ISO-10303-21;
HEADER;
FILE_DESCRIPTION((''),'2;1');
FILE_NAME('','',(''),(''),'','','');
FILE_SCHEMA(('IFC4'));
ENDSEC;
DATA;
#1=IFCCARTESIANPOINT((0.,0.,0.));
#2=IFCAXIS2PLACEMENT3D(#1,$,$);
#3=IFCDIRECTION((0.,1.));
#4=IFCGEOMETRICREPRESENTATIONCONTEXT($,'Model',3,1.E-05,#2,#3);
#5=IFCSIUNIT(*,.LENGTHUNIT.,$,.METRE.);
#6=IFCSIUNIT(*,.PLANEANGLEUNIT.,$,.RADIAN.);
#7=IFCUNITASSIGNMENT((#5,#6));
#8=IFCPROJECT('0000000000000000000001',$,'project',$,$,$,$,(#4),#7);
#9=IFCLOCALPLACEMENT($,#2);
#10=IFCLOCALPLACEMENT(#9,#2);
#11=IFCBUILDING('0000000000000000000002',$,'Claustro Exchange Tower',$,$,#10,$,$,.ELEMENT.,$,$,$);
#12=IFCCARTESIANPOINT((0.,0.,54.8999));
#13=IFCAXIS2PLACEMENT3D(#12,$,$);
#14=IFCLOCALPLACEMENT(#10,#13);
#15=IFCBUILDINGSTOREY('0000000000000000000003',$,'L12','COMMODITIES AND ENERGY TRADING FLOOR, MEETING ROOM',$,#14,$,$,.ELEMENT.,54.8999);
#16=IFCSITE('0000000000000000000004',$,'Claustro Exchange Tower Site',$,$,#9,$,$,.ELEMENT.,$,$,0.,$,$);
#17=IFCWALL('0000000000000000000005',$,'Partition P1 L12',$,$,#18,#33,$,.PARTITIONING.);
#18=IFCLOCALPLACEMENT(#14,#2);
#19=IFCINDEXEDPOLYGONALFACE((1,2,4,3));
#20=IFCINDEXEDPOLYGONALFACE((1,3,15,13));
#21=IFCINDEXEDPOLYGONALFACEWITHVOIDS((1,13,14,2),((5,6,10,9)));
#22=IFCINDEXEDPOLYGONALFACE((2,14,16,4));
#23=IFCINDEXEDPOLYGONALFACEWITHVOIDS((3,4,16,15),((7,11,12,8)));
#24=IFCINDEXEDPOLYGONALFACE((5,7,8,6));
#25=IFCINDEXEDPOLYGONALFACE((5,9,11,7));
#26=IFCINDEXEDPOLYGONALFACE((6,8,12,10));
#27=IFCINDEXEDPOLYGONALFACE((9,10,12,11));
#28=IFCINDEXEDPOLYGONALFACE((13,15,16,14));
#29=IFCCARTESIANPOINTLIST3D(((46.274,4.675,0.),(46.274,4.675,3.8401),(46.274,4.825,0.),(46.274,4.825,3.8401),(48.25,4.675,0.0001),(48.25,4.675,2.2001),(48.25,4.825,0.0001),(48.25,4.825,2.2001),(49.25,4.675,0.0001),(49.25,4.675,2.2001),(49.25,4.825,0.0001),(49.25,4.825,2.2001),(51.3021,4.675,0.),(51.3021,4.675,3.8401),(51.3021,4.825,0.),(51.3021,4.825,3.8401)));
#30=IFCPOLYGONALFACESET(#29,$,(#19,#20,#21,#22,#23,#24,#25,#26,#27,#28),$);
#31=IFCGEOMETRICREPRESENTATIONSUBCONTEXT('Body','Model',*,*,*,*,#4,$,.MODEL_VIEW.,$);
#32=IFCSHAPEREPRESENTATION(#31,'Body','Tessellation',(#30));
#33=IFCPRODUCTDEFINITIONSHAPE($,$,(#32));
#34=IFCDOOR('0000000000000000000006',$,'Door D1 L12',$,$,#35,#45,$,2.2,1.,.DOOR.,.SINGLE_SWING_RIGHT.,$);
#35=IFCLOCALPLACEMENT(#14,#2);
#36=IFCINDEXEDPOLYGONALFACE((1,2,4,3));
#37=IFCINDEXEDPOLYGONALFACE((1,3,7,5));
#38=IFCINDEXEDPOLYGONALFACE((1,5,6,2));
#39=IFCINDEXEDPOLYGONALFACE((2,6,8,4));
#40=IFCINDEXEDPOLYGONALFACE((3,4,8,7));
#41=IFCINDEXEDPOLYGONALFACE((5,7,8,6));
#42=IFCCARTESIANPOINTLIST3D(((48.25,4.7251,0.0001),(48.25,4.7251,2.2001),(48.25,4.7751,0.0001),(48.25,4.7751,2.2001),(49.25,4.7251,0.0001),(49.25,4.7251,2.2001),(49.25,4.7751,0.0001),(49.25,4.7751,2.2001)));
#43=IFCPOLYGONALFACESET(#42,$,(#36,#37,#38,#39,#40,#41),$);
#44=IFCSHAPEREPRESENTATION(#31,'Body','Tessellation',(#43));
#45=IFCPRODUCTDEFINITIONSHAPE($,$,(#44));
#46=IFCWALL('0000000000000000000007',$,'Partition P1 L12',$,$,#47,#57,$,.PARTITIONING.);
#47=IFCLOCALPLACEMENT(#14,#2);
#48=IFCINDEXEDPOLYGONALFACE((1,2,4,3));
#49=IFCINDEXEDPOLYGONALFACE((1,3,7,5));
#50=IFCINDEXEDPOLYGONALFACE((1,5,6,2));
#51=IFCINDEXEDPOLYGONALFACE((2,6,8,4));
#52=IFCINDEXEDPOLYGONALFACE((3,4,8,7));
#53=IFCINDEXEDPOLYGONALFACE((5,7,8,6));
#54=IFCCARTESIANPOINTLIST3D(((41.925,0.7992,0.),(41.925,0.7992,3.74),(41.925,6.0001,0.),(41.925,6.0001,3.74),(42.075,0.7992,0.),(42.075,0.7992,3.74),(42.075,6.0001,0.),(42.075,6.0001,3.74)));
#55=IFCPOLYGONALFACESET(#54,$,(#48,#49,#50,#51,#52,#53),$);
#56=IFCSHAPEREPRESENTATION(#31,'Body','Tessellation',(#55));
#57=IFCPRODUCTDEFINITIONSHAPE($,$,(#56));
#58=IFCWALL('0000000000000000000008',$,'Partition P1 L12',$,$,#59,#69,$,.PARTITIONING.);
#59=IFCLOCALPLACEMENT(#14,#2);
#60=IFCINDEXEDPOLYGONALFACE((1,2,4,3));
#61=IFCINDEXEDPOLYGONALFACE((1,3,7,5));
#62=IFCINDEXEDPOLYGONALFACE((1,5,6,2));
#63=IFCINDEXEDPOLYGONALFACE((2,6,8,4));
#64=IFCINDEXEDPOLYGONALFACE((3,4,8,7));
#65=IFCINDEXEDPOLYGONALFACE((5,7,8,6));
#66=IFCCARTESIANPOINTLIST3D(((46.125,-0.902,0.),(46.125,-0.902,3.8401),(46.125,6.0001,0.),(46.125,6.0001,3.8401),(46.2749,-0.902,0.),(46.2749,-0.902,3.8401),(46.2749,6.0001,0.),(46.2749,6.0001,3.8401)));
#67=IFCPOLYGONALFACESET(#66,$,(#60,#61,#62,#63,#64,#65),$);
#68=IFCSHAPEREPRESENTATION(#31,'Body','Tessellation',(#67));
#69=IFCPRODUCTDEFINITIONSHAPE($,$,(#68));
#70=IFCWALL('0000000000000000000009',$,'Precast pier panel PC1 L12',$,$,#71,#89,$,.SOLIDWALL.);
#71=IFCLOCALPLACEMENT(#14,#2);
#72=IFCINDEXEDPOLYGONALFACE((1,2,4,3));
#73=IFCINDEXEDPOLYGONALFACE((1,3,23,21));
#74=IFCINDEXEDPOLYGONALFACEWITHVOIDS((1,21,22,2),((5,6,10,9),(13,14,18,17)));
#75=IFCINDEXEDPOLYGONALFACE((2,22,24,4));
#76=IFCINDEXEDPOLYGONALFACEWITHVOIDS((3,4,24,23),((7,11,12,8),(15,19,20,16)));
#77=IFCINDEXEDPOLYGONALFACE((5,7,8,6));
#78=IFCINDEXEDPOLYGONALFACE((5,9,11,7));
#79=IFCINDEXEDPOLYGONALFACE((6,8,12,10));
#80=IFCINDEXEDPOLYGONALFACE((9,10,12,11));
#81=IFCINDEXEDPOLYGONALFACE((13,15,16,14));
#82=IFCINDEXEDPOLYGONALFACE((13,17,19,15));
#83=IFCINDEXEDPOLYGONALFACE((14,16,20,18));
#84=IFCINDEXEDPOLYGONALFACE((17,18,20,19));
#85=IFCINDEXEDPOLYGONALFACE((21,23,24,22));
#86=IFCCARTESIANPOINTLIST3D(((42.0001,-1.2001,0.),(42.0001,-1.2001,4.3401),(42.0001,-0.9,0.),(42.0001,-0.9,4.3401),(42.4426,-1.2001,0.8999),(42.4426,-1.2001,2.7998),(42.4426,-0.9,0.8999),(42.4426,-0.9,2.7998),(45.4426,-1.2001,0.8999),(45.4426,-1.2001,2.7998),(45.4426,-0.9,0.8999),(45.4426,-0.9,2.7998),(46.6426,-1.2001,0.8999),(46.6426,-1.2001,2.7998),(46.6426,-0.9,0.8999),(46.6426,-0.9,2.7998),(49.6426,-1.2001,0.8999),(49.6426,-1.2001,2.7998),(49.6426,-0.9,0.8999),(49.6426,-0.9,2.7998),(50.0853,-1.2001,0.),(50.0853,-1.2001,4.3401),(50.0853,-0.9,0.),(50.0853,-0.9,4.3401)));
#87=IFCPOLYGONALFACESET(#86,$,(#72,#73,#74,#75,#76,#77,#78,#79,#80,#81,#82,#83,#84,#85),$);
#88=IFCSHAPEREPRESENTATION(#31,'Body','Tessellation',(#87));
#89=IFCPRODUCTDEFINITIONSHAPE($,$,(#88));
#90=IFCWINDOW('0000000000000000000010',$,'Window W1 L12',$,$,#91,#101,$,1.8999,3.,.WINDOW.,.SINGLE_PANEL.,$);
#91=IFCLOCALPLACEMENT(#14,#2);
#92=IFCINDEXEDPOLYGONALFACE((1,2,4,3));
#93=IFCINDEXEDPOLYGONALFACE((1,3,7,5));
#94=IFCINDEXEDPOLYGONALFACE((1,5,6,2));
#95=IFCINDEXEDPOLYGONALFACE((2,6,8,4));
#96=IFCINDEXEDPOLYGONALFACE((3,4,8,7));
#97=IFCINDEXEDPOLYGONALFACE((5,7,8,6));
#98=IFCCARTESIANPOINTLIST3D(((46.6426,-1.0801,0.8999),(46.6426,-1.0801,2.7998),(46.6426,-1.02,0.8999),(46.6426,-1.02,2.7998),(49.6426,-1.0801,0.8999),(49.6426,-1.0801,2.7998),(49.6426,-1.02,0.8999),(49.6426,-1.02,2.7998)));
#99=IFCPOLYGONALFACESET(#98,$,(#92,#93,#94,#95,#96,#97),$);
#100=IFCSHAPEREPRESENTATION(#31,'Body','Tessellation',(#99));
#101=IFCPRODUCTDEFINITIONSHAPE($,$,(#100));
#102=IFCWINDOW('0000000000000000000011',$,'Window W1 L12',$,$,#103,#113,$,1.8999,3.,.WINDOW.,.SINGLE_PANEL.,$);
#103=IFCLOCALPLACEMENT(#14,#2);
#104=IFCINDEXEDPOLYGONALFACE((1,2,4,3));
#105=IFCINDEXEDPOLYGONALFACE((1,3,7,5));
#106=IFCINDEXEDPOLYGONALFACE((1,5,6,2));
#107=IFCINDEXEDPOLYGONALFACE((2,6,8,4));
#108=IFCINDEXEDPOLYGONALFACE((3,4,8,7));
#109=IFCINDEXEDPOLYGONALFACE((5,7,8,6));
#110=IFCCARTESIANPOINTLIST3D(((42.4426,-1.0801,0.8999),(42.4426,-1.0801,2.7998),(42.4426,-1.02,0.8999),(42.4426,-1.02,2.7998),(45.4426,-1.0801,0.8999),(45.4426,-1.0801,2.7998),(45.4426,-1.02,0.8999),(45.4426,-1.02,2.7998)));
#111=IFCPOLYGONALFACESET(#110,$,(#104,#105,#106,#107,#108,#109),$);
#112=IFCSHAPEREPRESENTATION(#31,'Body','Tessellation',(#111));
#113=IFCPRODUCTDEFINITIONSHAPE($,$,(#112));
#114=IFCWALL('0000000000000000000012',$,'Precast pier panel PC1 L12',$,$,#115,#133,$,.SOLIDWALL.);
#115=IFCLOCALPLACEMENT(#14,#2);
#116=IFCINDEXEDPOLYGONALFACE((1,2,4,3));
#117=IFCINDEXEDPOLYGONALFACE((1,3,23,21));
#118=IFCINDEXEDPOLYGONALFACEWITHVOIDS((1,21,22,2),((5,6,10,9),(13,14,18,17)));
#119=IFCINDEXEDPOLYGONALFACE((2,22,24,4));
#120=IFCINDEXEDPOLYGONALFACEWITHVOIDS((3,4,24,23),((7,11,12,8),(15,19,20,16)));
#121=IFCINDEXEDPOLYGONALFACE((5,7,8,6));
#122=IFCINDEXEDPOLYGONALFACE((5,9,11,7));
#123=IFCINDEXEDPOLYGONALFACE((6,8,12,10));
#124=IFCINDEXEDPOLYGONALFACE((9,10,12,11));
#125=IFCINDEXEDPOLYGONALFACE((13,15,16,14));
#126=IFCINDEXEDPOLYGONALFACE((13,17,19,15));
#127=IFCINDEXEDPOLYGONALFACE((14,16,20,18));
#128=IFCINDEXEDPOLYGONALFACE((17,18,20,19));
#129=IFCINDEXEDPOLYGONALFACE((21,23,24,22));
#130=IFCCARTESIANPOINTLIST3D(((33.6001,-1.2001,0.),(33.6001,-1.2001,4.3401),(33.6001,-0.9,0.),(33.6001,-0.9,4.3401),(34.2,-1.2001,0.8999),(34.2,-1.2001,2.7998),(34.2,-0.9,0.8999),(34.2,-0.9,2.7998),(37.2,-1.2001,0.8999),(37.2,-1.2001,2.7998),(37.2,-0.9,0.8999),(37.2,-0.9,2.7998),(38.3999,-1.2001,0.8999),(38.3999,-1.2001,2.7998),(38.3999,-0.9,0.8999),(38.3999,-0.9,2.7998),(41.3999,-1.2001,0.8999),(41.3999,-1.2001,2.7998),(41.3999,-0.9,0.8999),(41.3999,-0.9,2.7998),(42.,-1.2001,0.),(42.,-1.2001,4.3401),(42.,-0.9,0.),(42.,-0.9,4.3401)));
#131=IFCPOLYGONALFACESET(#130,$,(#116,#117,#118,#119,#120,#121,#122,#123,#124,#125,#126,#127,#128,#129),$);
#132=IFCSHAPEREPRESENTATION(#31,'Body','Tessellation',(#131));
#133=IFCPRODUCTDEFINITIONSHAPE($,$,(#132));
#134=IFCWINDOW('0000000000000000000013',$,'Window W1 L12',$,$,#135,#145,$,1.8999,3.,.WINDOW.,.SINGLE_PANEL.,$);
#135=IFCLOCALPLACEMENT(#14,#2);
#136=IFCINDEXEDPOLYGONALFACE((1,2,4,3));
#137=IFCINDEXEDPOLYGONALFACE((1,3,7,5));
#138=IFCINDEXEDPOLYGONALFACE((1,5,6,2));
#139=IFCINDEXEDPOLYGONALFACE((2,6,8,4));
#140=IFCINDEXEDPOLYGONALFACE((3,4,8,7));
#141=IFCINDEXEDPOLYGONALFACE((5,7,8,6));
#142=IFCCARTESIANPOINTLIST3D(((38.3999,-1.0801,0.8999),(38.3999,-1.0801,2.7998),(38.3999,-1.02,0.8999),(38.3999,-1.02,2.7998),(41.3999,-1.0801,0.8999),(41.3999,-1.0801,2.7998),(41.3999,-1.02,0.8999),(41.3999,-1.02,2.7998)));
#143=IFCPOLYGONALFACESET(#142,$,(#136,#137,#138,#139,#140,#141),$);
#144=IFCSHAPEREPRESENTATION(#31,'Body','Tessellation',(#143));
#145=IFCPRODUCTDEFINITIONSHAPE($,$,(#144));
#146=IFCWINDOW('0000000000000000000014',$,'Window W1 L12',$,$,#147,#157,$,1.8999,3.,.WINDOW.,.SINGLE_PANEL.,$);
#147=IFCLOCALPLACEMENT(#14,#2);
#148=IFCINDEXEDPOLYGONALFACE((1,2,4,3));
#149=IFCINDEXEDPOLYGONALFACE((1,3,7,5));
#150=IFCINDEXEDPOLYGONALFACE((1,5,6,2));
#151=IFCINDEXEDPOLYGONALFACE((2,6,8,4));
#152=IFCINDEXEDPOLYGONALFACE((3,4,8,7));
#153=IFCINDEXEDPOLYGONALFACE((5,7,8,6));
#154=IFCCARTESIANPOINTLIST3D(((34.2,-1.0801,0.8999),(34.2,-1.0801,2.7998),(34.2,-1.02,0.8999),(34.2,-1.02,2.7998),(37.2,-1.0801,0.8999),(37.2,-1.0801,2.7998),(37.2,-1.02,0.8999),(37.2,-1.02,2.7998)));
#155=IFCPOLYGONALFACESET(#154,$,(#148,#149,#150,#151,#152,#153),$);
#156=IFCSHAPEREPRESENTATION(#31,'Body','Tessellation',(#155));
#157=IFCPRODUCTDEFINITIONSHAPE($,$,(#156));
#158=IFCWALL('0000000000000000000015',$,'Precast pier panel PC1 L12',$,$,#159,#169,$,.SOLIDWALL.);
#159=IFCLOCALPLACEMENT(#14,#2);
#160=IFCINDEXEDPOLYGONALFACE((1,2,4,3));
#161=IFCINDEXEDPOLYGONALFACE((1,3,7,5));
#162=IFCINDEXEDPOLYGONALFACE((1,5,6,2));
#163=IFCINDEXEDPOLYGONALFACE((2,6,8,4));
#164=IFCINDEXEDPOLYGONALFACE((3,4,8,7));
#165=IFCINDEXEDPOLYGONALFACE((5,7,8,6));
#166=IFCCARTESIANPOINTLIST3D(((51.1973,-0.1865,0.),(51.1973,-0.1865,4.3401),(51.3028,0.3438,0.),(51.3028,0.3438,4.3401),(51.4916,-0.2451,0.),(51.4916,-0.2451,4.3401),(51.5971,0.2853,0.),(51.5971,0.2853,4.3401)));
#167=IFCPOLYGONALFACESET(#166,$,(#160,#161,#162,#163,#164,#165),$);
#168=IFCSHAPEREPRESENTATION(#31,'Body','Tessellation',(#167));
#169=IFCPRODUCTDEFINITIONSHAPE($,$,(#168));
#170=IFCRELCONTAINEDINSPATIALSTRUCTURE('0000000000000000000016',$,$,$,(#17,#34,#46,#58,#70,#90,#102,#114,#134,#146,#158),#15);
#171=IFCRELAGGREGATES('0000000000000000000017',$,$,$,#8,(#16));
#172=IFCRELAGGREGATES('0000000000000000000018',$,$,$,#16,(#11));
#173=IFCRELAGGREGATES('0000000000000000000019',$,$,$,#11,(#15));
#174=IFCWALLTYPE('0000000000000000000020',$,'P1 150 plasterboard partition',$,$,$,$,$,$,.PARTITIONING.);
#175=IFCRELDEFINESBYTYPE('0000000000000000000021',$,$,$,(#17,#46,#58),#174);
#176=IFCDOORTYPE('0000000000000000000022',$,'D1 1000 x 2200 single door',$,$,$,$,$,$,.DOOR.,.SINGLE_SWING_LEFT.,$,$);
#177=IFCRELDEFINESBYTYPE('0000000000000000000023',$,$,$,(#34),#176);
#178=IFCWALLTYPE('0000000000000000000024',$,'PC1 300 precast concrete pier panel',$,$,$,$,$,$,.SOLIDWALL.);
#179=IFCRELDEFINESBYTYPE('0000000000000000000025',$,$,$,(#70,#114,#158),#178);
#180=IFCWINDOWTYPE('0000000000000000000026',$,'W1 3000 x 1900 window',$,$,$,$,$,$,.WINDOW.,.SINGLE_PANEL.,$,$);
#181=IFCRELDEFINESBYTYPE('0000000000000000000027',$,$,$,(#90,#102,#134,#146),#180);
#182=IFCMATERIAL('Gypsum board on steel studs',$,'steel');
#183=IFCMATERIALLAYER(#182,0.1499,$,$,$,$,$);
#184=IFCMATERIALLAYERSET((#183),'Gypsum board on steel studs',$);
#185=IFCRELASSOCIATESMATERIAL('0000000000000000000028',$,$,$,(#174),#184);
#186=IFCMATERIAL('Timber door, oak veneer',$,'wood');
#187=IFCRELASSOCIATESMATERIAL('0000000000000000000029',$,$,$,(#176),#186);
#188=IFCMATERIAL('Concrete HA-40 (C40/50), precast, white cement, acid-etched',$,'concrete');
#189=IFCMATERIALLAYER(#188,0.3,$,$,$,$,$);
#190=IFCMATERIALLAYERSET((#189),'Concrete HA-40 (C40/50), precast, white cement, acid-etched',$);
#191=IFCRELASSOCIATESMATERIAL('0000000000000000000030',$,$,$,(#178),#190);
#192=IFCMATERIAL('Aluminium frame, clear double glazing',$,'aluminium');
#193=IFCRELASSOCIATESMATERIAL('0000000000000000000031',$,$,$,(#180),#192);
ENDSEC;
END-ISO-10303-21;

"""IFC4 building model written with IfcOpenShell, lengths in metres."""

from ifc_helpers import new_model, si_unit, direction, frame, frame_2d, origin, place, context, subcontext, project, spatial, rectangle, extrude, material, layer, layer_set, type_object, element, fill, save


model = new_model("IFC4")

# Units and contexts
model_context = context("Model", 3, precision=1e-05, world=origin(), true_north=direction((0.0, 1.0)))
body_context = subcontext(model_context, "Body", "Model", "MODEL_VIEW")
ifc_project = project(units=[si_unit("LENGTHUNIT", "METRE"), si_unit("PLANEANGLEUNIT", "RADIAN")], contexts=[model_context])

# Site, building, storey
site_placement = place(None, origin())
site = spatial("IfcSite", under=ifc_project, at=site_placement, Name="Claustro Exchange Tower Site", CompositionType="ELEMENT", RefElevation=0.0)
building_placement = place(site_placement, origin())
building = spatial("IfcBuilding", under=site, at=building_placement, Name="Claustro Exchange Tower", CompositionType="ELEMENT")
storey_placement = place(building_placement, frame((0.0, 0.0, 54.8999)))
storey = spatial("IfcBuildingStorey", under=building, at=storey_placement, Name="L12", Description="COMMODITIES AND ENERGY TRADING FLOOR, MEETING ROOM", CompositionType="ELEMENT", Elevation=54.8999)

# Wall, opening, door
ifc_material_1 = material(Name="Gypsum board on steel studs", Category="steel")
ifc_layer_1 = layer(ifc_material_1, 0.1499)
ifc_layer_set_1 = layer_set([ifc_layer_1], Name="Gypsum board on steel studs")
wall_type_1 = type_object("IfcWallType", Name="P1 150 plasterboard partition", PredefinedType="PARTITIONING", material=ifc_layer_set_1)
ifc_material_2 = material(Name="Timber door, oak veneer", Category="wood")
door_type = type_object("IfcDoorType", Name="D1 1000 x 2200 single door", OperationType="SINGLE_SWING_LEFT", PredefinedType="DOOR", material=ifc_material_2)
wall_1_placement = place(storey_placement, frame((46.2739, 4.75, 0.0), z_axis=(0.0, 0.0, 1.0), x_axis=(1.0, 0.0, 0.0)))
wall_1 = element("IfcWall", 1, at=wall_1_placement, inside=storey, type_object=wall_type_1, Name="Partition P1 L12", PredefinedType="PARTITIONING", context=body_context, shape_type="SweptSolid", body=[
    extrude(rectangle(XDim=5.0281, YDim=0.1499, at=frame_2d((2.5142, 0.0))), origin(), (0.0, 0.0, 1.0), 3.8401),
])
opening_1_placement = place(wall_1_placement, frame((1.9761, 0.0, 0.0)))
opening_1 = element("IfcOpeningElement", 2, at=opening_1_placement, cuts=wall_1, PredefinedType="OPENING", context=body_context, shape_type="SweptSolid", body=[
    extrude(rectangle(XDim=1.0, YDim=2.2, at=frame_2d((0.5, 1.1001))), frame((0.0, 0.085, 0.0), z_axis=(0.0, -1.0, 0.0), x_axis=(1.0, 0.0, 0.0)), (0.0, 0.0, 1.0), 0.1699),
])
door_1_placement = place(opening_1_placement, frame((1.0, 0.0, 0.0), z_axis=(0.0, 0.0, 1.0), x_axis=(-1.0, 0.0, 0.0)))
door_1 = element("IfcDoor", 3, at=door_1_placement, inside=storey, type_object=door_type, Name="Door D1 L12", OperationType="SINGLE_SWING_RIGHT", OverallHeight=2.2, OverallWidth=1.0, PredefinedType="DOOR", context=body_context, shape_type="SweptSolid", body=[
    extrude(rectangle(XDim=1.0, YDim=2.2, at=frame_2d((0.5, 1.1001))), frame((0.0, 0.0249, 0.0), z_axis=(0.0, -1.0, 0.0), x_axis=(1.0, 0.0, 0.0)), (0.0, 0.0, 1.0), 0.05),
])
fill(opening_1, door_1)

# Walls
wall_2_placement = place(storey_placement, frame((42.0, 0.7991, 0.0), z_axis=(0.0, 0.0, 1.0), x_axis=(0.0, 1.0, 0.0)))
element("IfcWall", 4, at=wall_2_placement, inside=storey, type_object=wall_type_1, Name="Partition P1 L12", PredefinedType="PARTITIONING", context=body_context, shape_type="SweptSolid", body=[
    extrude(rectangle(XDim=5.2009, YDim=0.1499, at=frame_2d((2.6006, 0.0))), origin(), (0.0, 0.0, 1.0), 3.74),
])
wall_3_placement = place(storey_placement, frame((46.2, -0.9021, 0.0), z_axis=(0.0, 0.0, 1.0), x_axis=(0.0, 1.0, 0.0)))
element("IfcWall", 5, at=wall_3_placement, inside=storey, type_object=wall_type_1, Name="Partition P1 L12", PredefinedType="PARTITIONING", context=body_context, shape_type="SweptSolid", body=[
    extrude(rectangle(XDim=6.9021, YDim=0.1499, at=frame_2d((3.4512, 0.0))), origin(), (0.0, 0.0, 1.0), 3.8401),
])

# Walls, openings, windows
ifc_material_3 = material(Name="Concrete HA-40 (C40/50), precast, white cement, acid-etched", Category="concrete")
ifc_layer_2 = layer(ifc_material_3, 0.3)
ifc_layer_set_2 = layer_set([ifc_layer_2], Name="Concrete HA-40 (C40/50), precast, white cement, acid-etched")
wall_type_2 = type_object("IfcWallType", Name="PC1 300 precast concrete pier panel", PredefinedType="SOLIDWALL", material=ifc_layer_set_2)
wall_4_placement = place(storey_placement, frame((50.0852, -1.05, 0.0), z_axis=(0.0, 0.0, 1.0), x_axis=(-1.0, 0.0, 0.0)))
wall_4 = element("IfcWall", 6, at=wall_4_placement, inside=storey, type_object=wall_type_2, Name="Precast pier panel PC1 L12", PredefinedType="SOLIDWALL", context=body_context, shape_type="SweptSolid", body=[
    extrude(rectangle(XDim=8.0852, YDim=0.3, at=frame_2d((4.0425, 0.0))), origin(), (0.0, 0.0, 1.0), 4.3401),
])
opening_2_placement = place(wall_4_placement, frame((0.4426, 0.0, 0.8999)))
opening_2 = element("IfcOpeningElement", 7, at=opening_2_placement, cuts=wall_4, PredefinedType="OPENING", context=body_context, shape_type="SweptSolid", body=[
    extrude(rectangle(XDim=3.0, YDim=1.8999, at=frame_2d((1.5, 0.95))), frame((0.0, 0.1599, 0.0), z_axis=(0.0, -1.0, 0.0), x_axis=(1.0, 0.0, 0.0)), (0.0, 0.0, 1.0), 0.3201),
])
opening_3_placement = place(wall_4_placement, frame((4.6426, 0.0, 0.8999)))
opening_3 = element("IfcOpeningElement", 8, at=opening_3_placement, cuts=wall_4, PredefinedType="OPENING", context=body_context, shape_type="SweptSolid", body=[
    extrude(rectangle(XDim=3.0, YDim=1.8999, at=frame_2d((1.5, 0.95))), frame((0.0, 0.1599, 0.0), z_axis=(0.0, -1.0, 0.0), x_axis=(1.0, 0.0, 0.0)), (0.0, 0.0, 1.0), 0.3201),
])
ifc_material_4 = material(Name="Aluminium frame, clear double glazing", Category="aluminium")
window_type = type_object("IfcWindowType", Name="W1 3000 x 1900 window", PartitioningType="SINGLE_PANEL", PredefinedType="WINDOW", material=ifc_material_4)
window_1_placement = place(opening_2_placement, origin())
window_1 = element("IfcWindow", 9, at=window_1_placement, inside=storey, type_object=window_type, Name="Window W1 L12", OverallHeight=1.8999, OverallWidth=3.0, PartitioningType="SINGLE_PANEL", PredefinedType="WINDOW", context=body_context, shape_type="SweptSolid", body=[
    extrude(rectangle(XDim=3.0, YDim=1.8999, at=frame_2d((1.5, 0.95))), frame((0.0, 0.03, 0.0), z_axis=(0.0, -1.0, 0.0), x_axis=(1.0, 0.0, 0.0)), (0.0, 0.0, 1.0), 0.0601),
])
fill(opening_2, window_1)
window_2_placement = place(opening_3_placement, origin())
window_2 = element("IfcWindow", 10, at=window_2_placement, inside=storey, type_object=window_type, Name="Window W1 L12", OverallHeight=1.8999, OverallWidth=3.0, PartitioningType="SINGLE_PANEL", PredefinedType="WINDOW", context=body_context, shape_type="SweptSolid", body=[
    extrude(rectangle(XDim=3.0, YDim=1.8999, at=frame_2d((1.5, 0.95))), frame((0.0, 0.03, 0.0), z_axis=(0.0, -1.0, 0.0), x_axis=(1.0, 0.0, 0.0)), (0.0, 0.0, 1.0), 0.0601),
])
fill(opening_3, window_2)
wall_5_placement = place(storey_placement, frame((42.0, -1.05, 0.0), z_axis=(0.0, 0.0, 1.0), x_axis=(-1.0, 0.0, 0.0)))
wall_5 = element("IfcWall", 11, at=wall_5_placement, inside=storey, type_object=wall_type_2, Name="Precast pier panel PC1 L12", PredefinedType="SOLIDWALL", context=body_context, shape_type="SweptSolid", body=[
    extrude(rectangle(XDim=8.3999, YDim=0.3, at=frame_2d((4.2, 0.0))), origin(), (0.0, 0.0, 1.0), 4.3401),
])
opening_4_placement = place(wall_5_placement, frame((0.6001, 0.0, 0.8999)))
opening_4 = element("IfcOpeningElement", 12, at=opening_4_placement, cuts=wall_5, PredefinedType="OPENING", context=body_context, shape_type="SweptSolid", body=[
    extrude(rectangle(XDim=3.0, YDim=1.8999, at=frame_2d((1.5, 0.95))), frame((0.0, 0.1599, 0.0), z_axis=(0.0, -1.0, 0.0), x_axis=(1.0, 0.0, 0.0)), (0.0, 0.0, 1.0), 0.3201),
])
opening_5_placement = place(wall_5_placement, frame((4.8, 0.0, 0.8999)))
opening_5 = element("IfcOpeningElement", 13, at=opening_5_placement, cuts=wall_5, PredefinedType="OPENING", context=body_context, shape_type="SweptSolid", body=[
    extrude(rectangle(XDim=3.0, YDim=1.8999, at=frame_2d((1.5, 0.95))), frame((0.0, 0.1599, 0.0), z_axis=(0.0, -1.0, 0.0), x_axis=(1.0, 0.0, 0.0)), (0.0, 0.0, 1.0), 0.3201),
])
window_3_placement = place(opening_4_placement, origin())
window_3 = element("IfcWindow", 14, at=window_3_placement, inside=storey, type_object=window_type, Name="Window W1 L12", OverallHeight=1.8999, OverallWidth=3.0, PartitioningType="SINGLE_PANEL", PredefinedType="WINDOW", context=body_context, shape_type="SweptSolid", body=[
    extrude(rectangle(XDim=3.0, YDim=1.8999, at=frame_2d((1.5, 0.95))), frame((0.0, 0.03, 0.0), z_axis=(0.0, -1.0, 0.0), x_axis=(1.0, 0.0, 0.0)), (0.0, 0.0, 1.0), 0.0601),
])
fill(opening_4, window_3)
window_4_placement = place(opening_5_placement, origin())
window_4 = element("IfcWindow", 15, at=window_4_placement, inside=storey, type_object=window_type, Name="Window W1 L12", OverallHeight=1.8999, OverallWidth=3.0, PartitioningType="SINGLE_PANEL", PredefinedType="WINDOW", context=body_context, shape_type="SweptSolid", body=[
    extrude(rectangle(XDim=3.0, YDim=1.8999, at=frame_2d((1.5, 0.95))), frame((0.0, 0.03, 0.0), z_axis=(0.0, -1.0, 0.0), x_axis=(1.0, 0.0, 0.0)), (0.0, 0.0, 1.0), 0.0601),
])
fill(opening_5, window_4)

# Wall
wall_6_placement = place(storey_placement, frame((51.45, 0.3147, 0.0), z_axis=(0.0, 0.0, 1.0), x_axis=(-0.195074, -0.980789, 0.0)))
element("IfcWall", 16, at=wall_6_placement, inside=storey, type_object=wall_type_2, Name="Precast pier panel PC1 L12", PredefinedType="SOLIDWALL", context=body_context, shape_type="SweptSolid", body=[
    extrude(rectangle(XDim=0.5408, YDim=0.3, at=frame_2d((0.2705, 0.0))), origin(), (0.0, 0.0, 1.0), 4.3401),
])

save(model, "model.ifc")
